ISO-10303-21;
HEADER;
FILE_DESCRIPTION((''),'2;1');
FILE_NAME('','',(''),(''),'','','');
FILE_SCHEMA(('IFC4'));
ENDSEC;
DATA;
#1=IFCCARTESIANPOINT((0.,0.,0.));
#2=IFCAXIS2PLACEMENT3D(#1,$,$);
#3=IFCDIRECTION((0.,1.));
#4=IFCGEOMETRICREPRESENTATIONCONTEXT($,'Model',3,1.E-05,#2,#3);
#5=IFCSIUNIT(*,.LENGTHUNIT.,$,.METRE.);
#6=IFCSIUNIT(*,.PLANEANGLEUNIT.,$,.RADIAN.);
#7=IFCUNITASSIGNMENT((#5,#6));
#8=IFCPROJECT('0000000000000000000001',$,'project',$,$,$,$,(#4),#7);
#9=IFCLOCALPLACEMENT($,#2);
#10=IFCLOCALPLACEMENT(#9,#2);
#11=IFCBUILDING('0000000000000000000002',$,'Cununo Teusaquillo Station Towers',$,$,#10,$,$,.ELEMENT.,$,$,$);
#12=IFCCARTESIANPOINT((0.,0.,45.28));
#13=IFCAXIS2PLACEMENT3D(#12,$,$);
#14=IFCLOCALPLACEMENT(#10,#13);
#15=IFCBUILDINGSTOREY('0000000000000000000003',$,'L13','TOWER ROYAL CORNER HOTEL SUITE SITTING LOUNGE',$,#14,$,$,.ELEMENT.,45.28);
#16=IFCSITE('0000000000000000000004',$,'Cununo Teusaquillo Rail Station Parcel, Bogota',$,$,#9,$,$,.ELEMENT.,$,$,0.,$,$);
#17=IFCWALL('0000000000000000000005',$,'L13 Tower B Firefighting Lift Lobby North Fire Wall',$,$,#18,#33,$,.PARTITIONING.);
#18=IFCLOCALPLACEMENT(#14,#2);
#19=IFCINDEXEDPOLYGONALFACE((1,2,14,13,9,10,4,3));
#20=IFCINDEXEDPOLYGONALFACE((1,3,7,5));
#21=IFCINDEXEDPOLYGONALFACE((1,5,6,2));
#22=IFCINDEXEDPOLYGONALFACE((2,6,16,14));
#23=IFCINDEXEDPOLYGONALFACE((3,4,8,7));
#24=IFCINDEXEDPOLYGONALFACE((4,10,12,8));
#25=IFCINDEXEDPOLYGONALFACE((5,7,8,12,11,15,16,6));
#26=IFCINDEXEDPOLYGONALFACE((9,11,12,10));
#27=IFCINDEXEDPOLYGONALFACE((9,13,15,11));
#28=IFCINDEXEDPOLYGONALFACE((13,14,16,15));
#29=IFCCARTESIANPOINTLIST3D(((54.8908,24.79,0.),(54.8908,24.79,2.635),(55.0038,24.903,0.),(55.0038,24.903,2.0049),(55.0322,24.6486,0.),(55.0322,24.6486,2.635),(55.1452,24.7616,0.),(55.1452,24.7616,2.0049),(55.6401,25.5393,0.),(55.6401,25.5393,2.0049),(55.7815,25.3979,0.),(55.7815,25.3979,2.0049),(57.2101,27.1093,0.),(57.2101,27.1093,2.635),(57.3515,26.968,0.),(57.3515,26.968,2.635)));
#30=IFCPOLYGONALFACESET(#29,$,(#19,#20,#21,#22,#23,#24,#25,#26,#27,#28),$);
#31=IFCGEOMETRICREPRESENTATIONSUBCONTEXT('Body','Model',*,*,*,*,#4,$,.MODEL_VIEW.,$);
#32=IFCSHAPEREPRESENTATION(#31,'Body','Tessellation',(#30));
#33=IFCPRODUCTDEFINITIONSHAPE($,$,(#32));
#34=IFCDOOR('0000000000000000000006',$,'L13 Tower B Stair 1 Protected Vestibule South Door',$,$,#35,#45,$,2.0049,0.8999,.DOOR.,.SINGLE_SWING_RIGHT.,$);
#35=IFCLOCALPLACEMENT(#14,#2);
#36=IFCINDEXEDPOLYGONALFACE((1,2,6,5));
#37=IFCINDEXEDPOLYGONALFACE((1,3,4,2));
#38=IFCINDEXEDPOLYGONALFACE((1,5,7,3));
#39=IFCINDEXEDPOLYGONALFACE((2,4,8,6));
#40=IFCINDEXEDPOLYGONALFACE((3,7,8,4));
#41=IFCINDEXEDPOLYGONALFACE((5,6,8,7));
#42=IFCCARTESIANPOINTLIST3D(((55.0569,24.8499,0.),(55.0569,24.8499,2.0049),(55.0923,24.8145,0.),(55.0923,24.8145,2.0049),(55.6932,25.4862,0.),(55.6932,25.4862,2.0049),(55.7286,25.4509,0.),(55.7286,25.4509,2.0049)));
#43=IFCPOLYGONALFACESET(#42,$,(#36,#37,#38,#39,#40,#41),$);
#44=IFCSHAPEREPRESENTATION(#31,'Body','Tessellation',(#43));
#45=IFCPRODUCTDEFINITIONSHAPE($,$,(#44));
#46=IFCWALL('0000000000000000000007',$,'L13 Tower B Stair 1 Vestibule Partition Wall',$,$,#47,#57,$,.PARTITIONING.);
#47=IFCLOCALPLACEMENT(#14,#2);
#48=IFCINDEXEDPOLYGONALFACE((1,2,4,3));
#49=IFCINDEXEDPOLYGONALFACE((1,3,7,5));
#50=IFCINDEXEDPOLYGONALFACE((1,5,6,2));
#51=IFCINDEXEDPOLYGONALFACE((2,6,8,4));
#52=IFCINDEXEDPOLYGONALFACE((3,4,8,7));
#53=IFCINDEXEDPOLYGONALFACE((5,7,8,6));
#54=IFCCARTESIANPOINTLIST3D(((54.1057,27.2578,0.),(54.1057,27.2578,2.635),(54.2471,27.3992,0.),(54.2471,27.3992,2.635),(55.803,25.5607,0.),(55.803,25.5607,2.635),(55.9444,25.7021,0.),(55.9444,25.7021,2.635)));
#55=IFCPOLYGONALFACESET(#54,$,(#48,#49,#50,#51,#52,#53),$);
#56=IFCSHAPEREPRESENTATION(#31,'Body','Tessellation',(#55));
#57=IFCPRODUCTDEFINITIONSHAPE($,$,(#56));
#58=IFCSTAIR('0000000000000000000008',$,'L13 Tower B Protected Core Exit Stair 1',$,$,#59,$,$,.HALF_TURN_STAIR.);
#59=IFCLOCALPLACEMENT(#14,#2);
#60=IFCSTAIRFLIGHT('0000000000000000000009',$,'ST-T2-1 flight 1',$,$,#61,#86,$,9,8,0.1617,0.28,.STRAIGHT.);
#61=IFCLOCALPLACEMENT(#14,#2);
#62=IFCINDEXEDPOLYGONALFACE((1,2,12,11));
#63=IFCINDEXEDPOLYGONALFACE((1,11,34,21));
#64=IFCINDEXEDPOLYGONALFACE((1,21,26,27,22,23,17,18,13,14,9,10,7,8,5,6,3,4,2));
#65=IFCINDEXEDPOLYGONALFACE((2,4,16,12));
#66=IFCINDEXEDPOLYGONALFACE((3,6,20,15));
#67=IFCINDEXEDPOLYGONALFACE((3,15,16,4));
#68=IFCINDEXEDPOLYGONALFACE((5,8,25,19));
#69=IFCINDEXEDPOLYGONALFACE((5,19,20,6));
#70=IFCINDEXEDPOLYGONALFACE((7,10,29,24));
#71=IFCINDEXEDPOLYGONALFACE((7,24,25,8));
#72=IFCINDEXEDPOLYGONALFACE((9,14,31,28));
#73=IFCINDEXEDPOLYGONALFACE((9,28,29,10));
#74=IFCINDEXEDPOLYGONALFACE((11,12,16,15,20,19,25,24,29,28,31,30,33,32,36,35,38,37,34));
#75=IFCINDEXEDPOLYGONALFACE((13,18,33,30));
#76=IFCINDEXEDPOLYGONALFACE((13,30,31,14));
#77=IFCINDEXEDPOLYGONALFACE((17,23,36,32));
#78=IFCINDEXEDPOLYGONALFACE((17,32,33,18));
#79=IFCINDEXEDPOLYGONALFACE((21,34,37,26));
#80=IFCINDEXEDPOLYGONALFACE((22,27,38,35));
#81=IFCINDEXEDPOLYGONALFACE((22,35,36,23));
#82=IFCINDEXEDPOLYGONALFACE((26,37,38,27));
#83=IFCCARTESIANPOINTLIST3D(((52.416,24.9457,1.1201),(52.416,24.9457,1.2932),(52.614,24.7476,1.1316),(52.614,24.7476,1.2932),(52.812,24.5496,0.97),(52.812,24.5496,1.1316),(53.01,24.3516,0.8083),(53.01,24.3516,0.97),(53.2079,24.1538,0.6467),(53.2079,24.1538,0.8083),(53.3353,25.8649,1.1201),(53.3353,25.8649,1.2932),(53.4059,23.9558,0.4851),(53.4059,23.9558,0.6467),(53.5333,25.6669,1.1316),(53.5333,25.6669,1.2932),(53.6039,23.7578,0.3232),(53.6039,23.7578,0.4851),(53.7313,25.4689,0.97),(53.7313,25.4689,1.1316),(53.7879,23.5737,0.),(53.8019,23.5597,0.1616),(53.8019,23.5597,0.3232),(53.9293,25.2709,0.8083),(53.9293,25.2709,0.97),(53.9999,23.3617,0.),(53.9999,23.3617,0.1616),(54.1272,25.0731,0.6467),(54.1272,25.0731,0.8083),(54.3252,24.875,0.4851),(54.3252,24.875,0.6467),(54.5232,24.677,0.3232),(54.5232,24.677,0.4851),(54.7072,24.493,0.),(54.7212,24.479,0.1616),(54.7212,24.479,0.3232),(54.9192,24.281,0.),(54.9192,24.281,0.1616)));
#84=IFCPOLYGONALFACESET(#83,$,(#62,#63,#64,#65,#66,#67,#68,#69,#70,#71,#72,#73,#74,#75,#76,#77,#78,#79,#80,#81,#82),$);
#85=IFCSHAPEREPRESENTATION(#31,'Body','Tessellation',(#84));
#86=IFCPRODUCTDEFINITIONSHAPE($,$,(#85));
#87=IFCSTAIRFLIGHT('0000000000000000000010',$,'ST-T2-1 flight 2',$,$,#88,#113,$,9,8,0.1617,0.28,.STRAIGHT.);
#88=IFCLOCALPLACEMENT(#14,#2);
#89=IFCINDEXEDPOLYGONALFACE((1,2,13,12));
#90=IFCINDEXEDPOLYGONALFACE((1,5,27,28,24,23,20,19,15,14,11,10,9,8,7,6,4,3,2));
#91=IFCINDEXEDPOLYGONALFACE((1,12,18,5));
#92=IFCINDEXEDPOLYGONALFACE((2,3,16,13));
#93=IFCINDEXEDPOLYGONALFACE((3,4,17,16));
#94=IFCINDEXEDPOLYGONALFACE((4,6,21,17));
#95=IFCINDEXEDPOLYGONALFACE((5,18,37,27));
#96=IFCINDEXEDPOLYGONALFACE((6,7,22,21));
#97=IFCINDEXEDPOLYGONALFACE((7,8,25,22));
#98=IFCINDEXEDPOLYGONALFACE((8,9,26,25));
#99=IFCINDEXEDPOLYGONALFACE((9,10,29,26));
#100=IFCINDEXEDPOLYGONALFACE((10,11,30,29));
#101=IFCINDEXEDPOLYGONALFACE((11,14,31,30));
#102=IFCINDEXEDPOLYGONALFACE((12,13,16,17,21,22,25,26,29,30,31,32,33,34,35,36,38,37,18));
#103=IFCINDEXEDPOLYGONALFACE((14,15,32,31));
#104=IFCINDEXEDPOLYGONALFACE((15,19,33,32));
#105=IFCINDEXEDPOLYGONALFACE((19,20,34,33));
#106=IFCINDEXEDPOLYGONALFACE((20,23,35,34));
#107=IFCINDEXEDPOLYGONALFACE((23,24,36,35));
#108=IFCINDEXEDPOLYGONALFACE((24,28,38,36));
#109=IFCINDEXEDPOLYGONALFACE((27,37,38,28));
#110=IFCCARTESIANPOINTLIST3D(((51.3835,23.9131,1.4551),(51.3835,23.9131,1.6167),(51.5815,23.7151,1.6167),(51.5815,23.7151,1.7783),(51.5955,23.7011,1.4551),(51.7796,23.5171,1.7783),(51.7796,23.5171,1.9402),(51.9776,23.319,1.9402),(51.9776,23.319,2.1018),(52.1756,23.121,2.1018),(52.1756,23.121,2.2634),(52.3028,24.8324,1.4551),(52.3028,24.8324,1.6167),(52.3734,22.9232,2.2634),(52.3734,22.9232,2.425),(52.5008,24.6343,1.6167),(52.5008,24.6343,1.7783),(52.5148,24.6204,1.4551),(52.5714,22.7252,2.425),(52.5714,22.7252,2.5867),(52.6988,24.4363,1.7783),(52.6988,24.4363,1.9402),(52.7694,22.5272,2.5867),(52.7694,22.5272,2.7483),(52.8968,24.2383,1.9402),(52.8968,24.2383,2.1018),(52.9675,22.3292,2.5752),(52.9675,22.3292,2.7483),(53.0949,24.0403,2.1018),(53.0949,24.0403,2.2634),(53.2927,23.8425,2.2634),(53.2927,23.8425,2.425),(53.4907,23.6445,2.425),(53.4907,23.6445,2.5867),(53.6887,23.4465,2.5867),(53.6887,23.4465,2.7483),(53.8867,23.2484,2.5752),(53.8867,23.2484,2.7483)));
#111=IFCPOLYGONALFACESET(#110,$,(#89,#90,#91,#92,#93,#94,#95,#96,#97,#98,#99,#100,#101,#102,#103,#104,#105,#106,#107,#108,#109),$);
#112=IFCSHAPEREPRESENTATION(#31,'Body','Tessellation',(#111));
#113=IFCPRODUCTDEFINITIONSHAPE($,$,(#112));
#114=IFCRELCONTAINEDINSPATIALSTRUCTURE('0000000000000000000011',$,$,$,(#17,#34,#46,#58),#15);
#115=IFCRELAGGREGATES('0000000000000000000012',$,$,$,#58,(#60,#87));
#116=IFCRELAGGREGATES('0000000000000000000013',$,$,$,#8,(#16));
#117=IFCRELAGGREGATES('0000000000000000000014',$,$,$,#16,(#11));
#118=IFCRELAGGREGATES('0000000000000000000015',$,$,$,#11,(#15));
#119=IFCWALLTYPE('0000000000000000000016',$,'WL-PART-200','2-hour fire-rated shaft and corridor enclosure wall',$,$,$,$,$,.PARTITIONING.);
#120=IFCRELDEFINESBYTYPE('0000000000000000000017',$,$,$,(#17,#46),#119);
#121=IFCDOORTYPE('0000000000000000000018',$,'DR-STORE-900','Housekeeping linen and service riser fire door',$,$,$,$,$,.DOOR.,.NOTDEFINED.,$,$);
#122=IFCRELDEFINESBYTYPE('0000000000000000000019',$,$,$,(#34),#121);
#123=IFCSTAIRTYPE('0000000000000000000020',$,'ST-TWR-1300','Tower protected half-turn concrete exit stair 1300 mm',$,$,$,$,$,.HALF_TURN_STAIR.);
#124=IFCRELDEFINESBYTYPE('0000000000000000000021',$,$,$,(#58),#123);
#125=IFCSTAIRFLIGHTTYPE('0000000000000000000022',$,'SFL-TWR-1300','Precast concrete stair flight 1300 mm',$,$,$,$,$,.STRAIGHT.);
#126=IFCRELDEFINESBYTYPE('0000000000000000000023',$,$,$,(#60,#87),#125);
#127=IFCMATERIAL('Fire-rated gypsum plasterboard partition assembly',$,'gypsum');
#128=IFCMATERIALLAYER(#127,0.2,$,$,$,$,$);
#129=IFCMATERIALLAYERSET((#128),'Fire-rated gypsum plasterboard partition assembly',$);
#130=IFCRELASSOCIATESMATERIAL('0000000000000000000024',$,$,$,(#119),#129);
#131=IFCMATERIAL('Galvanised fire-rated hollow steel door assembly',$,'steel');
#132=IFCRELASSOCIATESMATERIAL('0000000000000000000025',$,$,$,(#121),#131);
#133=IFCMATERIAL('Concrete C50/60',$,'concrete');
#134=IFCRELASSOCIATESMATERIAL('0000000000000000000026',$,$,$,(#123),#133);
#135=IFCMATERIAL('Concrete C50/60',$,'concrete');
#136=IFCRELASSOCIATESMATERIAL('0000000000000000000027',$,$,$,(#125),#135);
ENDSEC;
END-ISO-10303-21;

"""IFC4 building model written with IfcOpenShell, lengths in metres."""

from ifc_helpers import new_model, si_unit, direction, frame, frame_2d, origin, place, context, subcontext, project, spatial, polyline, rectangle, outline, extrude, source, transform, mapped, material, layer, layer_set, type_object, element, fill, aggregate, save


model = new_model("IFC4")

# Units and contexts
model_context = context("Model", 3, precision=1e-05, world=origin(), true_north=direction((0.0, 1.0)))
body_context = subcontext(model_context, "Body", "Model", "MODEL_VIEW")
ifc_project = project(units=[si_unit("LENGTHUNIT", "METRE"), si_unit("PLANEANGLEUNIT", "RADIAN")], contexts=[model_context])

# Site, building, storey
site_placement = place(None, origin())
site = spatial("IfcSite", under=ifc_project, at=site_placement, Name="Cununo Teusaquillo Rail Station Parcel, Bogota", CompositionType="ELEMENT", RefElevation=0.0)
building_placement = place(site_placement, origin())
building = spatial("IfcBuilding", under=site, at=building_placement, Name="Cununo Teusaquillo Station Towers", CompositionType="ELEMENT")
storey_placement = place(building_placement, frame((0.0, 0.0, 45.28)))
storey = spatial("IfcBuildingStorey", under=building, at=storey_placement, Name="L13", Description="TOWER ROYAL CORNER HOTEL SUITE SITTING LOUNGE", CompositionType="ELEMENT", Elevation=45.28)

# Shared definitions
shared_shape_1 = source(origin(), body_context, "Body", "SweptSolid", [
    extrude(rectangle(XDim=0.8999, YDim=2.0049, at=frame_2d((0.45, 1.0024))), frame((0.0, 0.0249, 0.0), z_axis=(0.0, -1.0, 0.0), x_axis=(1.0, 0.0, 0.0)), (0.0, 0.0, 1.0), 0.05),
])

# Wall, opening, door
ifc_material_1 = material(Name="Fire-rated gypsum plasterboard partition assembly", Category="gypsum")
ifc_layer_1 = layer(ifc_material_1, 0.2)
ifc_layer_set_1 = layer_set([ifc_layer_1], Name="Fire-rated gypsum plasterboard partition assembly")
wall_type_1 = type_object("IfcWallType", Name="WL-PART-200", Description="2-hour fire-rated shaft and corridor enclosure wall", PredefinedType="PARTITIONING", material=ifc_layer_set_1)
wall_1_placement = place(storey_placement, frame((54.9614, 24.7192, 0.0), z_axis=(0.0, 0.0, 1.0), x_axis=(0.707107, 0.707107, 0.0)))
wall_1 = element("IfcWall", 1, at=wall_1_placement, inside=storey, type_object=wall_type_1, Name="L13 Tower B Firefighting Lift Lobby North Fire Wall", PredefinedType="PARTITIONING", context=body_context, shape_type="SweptSolid", body=[
    extrude(rectangle(XDim=3.28, YDim=0.2, at=frame_2d((1.6401, 0.0))), origin(), (0.0, 0.0, 1.0), 2.635),
])
shared_shape_2 = source(origin(), body_context, "Body", "SweptSolid", [
    extrude(rectangle(XDim=0.8999, YDim=2.0049, at=frame_2d((0.45, 1.0024))), frame((0.0, 0.1099, 0.0), z_axis=(0.0, -1.0, 0.0), x_axis=(1.0, 0.0, 0.0)), (0.0, 0.0, 1.0), 0.22),
])
opening_1_placement = place(wall_1_placement, frame((0.1599, 0.0, 0.0)))
opening_1 = element("IfcOpeningElement", 2, at=opening_1_placement, cuts=wall_1, PredefinedType="OPENING", context=body_context, shape_type="MappedRepresentation", body=[
    mapped(shared_shape_2, transform((0.0, 0.0, 0.0), x_axis=(1.0, 0.0, 0.0), y_axis=(0.0, 1.0, 0.0), z_axis=(0.0, 0.0, 1.0), scale=1.0)),
])
ifc_material_2 = material(Name="Galvanised fire-rated hollow steel door assembly", Category="steel")
door_type_1 = type_object("IfcDoorType", Name="DR-STORE-900", Description="Housekeeping linen and service riser fire door", OperationType="NOTDEFINED", PredefinedType="DOOR", material=ifc_material_2)
door_1_placement = place(opening_1_placement, origin())
door_1 = element("IfcDoor", 3, at=door_1_placement, inside=storey, type_object=door_type_1, Name="L13 Tower B Stair 1 Protected Vestibule South Door", OperationType="SINGLE_SWING_RIGHT", OverallHeight=2.0049, OverallWidth=0.8999, PredefinedType="DOOR", context=body_context, shape_type="MappedRepresentation", body=[
    mapped(shared_shape_1, transform((0.0, 0.0, 0.0), x_axis=(1.0, 0.0, 0.0), y_axis=(0.0, 1.0, 0.0), z_axis=(0.0, 0.0, 1.0), scale=1.0)),
])
fill(opening_1, door_1)

# Wall
wall_2_placement = place(storey_placement, frame((55.8738, 25.6313, 0.0), z_axis=(0.0, 0.0, 1.0), x_axis=(-0.707158, 0.707056, 0.0)))
element("IfcWall", 4, at=wall_2_placement, inside=storey, type_object=wall_type_1, Name="L13 Tower B Stair 1 Vestibule Partition Wall", PredefinedType="PARTITIONING", context=body_context, shape_type="SweptSolid", body=[
    extrude(rectangle(XDim=2.4001, YDim=0.2, at=frame_2d((1.2002, 0.0))), origin(), (0.0, 0.0, 1.0), 2.635),
])

# Stair, stair flights
ifc_material_3 = material(Name="Concrete C50/60", Category="concrete")
stair_type = type_object("IfcStairType", Name="ST-TWR-1300", Description="Tower protected half-turn concrete exit stair 1300 mm", PredefinedType="HALF_TURN_STAIR", material=ifc_material_3)
stair_placement = place(storey_placement, origin())
stair = element("IfcStair", 5, at=stair_placement, inside=storey, type_object=stair_type, Name="L13 Tower B Protected Core Exit Stair 1", PredefinedType="HALF_TURN_STAIR")
ifc_material_4 = material(Name="Concrete C50/60", Category="concrete")
stair_flight_type = type_object("IfcStairFlightType", Name="SFL-TWR-1300", Description="Precast concrete stair flight 1300 mm", PredefinedType="STRAIGHT", material=ifc_material_4)
stair_flight_1_placement = place(storey_placement, frame((54.4595, 23.8213, 0.0), z_axis=(0.0, 0.0, 1.0), x_axis=(-0.707107, 0.707107, 0.0)))
stair_flight_1 = element("IfcStairFlight", 6, at=stair_flight_1_placement, type_object=stair_flight_type, Name="ST-T2-1 flight 1", NumberOfRisers=9, NumberOfTreads=8, PredefinedType="STRAIGHT", RiserHeight=0.1617, TreadLength=0.28, context=body_context, shape_type="SweptSolid", body=[
    extrude(outline(polyline([(0.0, 0.0), (0.0, 0.1616), (0.28, 0.1616), (0.28, 0.3232), (0.5601, 0.3232), (0.5601, 0.4851), (0.8401, 0.4851), (0.8401, 0.6467), (1.1201, 0.6467), (1.1201, 0.8083), (1.3999, 0.8083), (1.3999, 0.97), (1.6799, 0.97), (1.6799, 1.1316), (1.96, 1.1316), (1.96, 1.2932), (2.24, 1.2932), (2.24, 1.4551), (2.24, 1.1201), (0.2998, 0.0), (0.0, 0.0)])), frame((0.0, 0.6499, 0.0), z_axis=(0.0, -1.0, 0.0), x_axis=(1.0, 0.0, 0.0)), (0.0, 0.0, 1.0), 1.3),
])
stair_flight_2_placement = place(storey_placement, frame((51.8433, 24.3728, 1.4551), z_axis=(0.0, 0.0, 1.0), x_axis=(0.707107, -0.707107, 0.0)))
stair_flight_2 = element("IfcStairFlight", 7, at=stair_flight_2_placement, type_object=stair_flight_type, Name="ST-T2-1 flight 2", NumberOfRisers=9, NumberOfTreads=8, PredefinedType="STRAIGHT", RiserHeight=0.1617, TreadLength=0.28, context=body_context, shape_type="SweptSolid", body=[
    extrude(outline(polyline([(0.0, 0.0), (0.0, 0.1616), (0.28, 0.1616), (0.28, 0.3232), (0.5601, 0.3232), (0.5601, 0.4851), (0.8401, 0.4851), (0.8401, 0.6467), (1.1201, 0.6467), (1.1201, 0.8083), (1.3999, 0.8083), (1.3999, 0.97), (1.6799, 0.97), (1.6799, 1.1316), (1.96, 1.1316), (1.96, 1.2932), (2.24, 1.2932), (2.24, 1.4551), (2.24, 1.1201), (0.2998, 0.0), (0.0, 0.0)])), frame((0.0, 0.6499, 0.0), z_axis=(0.0, -1.0, 0.0), x_axis=(1.0, 0.0, 0.0)), (0.0, 0.0, 1.0), 1.3),
])
aggregate(stair, [stair_flight_1, stair_flight_2])

save(model, "model.ifc")
